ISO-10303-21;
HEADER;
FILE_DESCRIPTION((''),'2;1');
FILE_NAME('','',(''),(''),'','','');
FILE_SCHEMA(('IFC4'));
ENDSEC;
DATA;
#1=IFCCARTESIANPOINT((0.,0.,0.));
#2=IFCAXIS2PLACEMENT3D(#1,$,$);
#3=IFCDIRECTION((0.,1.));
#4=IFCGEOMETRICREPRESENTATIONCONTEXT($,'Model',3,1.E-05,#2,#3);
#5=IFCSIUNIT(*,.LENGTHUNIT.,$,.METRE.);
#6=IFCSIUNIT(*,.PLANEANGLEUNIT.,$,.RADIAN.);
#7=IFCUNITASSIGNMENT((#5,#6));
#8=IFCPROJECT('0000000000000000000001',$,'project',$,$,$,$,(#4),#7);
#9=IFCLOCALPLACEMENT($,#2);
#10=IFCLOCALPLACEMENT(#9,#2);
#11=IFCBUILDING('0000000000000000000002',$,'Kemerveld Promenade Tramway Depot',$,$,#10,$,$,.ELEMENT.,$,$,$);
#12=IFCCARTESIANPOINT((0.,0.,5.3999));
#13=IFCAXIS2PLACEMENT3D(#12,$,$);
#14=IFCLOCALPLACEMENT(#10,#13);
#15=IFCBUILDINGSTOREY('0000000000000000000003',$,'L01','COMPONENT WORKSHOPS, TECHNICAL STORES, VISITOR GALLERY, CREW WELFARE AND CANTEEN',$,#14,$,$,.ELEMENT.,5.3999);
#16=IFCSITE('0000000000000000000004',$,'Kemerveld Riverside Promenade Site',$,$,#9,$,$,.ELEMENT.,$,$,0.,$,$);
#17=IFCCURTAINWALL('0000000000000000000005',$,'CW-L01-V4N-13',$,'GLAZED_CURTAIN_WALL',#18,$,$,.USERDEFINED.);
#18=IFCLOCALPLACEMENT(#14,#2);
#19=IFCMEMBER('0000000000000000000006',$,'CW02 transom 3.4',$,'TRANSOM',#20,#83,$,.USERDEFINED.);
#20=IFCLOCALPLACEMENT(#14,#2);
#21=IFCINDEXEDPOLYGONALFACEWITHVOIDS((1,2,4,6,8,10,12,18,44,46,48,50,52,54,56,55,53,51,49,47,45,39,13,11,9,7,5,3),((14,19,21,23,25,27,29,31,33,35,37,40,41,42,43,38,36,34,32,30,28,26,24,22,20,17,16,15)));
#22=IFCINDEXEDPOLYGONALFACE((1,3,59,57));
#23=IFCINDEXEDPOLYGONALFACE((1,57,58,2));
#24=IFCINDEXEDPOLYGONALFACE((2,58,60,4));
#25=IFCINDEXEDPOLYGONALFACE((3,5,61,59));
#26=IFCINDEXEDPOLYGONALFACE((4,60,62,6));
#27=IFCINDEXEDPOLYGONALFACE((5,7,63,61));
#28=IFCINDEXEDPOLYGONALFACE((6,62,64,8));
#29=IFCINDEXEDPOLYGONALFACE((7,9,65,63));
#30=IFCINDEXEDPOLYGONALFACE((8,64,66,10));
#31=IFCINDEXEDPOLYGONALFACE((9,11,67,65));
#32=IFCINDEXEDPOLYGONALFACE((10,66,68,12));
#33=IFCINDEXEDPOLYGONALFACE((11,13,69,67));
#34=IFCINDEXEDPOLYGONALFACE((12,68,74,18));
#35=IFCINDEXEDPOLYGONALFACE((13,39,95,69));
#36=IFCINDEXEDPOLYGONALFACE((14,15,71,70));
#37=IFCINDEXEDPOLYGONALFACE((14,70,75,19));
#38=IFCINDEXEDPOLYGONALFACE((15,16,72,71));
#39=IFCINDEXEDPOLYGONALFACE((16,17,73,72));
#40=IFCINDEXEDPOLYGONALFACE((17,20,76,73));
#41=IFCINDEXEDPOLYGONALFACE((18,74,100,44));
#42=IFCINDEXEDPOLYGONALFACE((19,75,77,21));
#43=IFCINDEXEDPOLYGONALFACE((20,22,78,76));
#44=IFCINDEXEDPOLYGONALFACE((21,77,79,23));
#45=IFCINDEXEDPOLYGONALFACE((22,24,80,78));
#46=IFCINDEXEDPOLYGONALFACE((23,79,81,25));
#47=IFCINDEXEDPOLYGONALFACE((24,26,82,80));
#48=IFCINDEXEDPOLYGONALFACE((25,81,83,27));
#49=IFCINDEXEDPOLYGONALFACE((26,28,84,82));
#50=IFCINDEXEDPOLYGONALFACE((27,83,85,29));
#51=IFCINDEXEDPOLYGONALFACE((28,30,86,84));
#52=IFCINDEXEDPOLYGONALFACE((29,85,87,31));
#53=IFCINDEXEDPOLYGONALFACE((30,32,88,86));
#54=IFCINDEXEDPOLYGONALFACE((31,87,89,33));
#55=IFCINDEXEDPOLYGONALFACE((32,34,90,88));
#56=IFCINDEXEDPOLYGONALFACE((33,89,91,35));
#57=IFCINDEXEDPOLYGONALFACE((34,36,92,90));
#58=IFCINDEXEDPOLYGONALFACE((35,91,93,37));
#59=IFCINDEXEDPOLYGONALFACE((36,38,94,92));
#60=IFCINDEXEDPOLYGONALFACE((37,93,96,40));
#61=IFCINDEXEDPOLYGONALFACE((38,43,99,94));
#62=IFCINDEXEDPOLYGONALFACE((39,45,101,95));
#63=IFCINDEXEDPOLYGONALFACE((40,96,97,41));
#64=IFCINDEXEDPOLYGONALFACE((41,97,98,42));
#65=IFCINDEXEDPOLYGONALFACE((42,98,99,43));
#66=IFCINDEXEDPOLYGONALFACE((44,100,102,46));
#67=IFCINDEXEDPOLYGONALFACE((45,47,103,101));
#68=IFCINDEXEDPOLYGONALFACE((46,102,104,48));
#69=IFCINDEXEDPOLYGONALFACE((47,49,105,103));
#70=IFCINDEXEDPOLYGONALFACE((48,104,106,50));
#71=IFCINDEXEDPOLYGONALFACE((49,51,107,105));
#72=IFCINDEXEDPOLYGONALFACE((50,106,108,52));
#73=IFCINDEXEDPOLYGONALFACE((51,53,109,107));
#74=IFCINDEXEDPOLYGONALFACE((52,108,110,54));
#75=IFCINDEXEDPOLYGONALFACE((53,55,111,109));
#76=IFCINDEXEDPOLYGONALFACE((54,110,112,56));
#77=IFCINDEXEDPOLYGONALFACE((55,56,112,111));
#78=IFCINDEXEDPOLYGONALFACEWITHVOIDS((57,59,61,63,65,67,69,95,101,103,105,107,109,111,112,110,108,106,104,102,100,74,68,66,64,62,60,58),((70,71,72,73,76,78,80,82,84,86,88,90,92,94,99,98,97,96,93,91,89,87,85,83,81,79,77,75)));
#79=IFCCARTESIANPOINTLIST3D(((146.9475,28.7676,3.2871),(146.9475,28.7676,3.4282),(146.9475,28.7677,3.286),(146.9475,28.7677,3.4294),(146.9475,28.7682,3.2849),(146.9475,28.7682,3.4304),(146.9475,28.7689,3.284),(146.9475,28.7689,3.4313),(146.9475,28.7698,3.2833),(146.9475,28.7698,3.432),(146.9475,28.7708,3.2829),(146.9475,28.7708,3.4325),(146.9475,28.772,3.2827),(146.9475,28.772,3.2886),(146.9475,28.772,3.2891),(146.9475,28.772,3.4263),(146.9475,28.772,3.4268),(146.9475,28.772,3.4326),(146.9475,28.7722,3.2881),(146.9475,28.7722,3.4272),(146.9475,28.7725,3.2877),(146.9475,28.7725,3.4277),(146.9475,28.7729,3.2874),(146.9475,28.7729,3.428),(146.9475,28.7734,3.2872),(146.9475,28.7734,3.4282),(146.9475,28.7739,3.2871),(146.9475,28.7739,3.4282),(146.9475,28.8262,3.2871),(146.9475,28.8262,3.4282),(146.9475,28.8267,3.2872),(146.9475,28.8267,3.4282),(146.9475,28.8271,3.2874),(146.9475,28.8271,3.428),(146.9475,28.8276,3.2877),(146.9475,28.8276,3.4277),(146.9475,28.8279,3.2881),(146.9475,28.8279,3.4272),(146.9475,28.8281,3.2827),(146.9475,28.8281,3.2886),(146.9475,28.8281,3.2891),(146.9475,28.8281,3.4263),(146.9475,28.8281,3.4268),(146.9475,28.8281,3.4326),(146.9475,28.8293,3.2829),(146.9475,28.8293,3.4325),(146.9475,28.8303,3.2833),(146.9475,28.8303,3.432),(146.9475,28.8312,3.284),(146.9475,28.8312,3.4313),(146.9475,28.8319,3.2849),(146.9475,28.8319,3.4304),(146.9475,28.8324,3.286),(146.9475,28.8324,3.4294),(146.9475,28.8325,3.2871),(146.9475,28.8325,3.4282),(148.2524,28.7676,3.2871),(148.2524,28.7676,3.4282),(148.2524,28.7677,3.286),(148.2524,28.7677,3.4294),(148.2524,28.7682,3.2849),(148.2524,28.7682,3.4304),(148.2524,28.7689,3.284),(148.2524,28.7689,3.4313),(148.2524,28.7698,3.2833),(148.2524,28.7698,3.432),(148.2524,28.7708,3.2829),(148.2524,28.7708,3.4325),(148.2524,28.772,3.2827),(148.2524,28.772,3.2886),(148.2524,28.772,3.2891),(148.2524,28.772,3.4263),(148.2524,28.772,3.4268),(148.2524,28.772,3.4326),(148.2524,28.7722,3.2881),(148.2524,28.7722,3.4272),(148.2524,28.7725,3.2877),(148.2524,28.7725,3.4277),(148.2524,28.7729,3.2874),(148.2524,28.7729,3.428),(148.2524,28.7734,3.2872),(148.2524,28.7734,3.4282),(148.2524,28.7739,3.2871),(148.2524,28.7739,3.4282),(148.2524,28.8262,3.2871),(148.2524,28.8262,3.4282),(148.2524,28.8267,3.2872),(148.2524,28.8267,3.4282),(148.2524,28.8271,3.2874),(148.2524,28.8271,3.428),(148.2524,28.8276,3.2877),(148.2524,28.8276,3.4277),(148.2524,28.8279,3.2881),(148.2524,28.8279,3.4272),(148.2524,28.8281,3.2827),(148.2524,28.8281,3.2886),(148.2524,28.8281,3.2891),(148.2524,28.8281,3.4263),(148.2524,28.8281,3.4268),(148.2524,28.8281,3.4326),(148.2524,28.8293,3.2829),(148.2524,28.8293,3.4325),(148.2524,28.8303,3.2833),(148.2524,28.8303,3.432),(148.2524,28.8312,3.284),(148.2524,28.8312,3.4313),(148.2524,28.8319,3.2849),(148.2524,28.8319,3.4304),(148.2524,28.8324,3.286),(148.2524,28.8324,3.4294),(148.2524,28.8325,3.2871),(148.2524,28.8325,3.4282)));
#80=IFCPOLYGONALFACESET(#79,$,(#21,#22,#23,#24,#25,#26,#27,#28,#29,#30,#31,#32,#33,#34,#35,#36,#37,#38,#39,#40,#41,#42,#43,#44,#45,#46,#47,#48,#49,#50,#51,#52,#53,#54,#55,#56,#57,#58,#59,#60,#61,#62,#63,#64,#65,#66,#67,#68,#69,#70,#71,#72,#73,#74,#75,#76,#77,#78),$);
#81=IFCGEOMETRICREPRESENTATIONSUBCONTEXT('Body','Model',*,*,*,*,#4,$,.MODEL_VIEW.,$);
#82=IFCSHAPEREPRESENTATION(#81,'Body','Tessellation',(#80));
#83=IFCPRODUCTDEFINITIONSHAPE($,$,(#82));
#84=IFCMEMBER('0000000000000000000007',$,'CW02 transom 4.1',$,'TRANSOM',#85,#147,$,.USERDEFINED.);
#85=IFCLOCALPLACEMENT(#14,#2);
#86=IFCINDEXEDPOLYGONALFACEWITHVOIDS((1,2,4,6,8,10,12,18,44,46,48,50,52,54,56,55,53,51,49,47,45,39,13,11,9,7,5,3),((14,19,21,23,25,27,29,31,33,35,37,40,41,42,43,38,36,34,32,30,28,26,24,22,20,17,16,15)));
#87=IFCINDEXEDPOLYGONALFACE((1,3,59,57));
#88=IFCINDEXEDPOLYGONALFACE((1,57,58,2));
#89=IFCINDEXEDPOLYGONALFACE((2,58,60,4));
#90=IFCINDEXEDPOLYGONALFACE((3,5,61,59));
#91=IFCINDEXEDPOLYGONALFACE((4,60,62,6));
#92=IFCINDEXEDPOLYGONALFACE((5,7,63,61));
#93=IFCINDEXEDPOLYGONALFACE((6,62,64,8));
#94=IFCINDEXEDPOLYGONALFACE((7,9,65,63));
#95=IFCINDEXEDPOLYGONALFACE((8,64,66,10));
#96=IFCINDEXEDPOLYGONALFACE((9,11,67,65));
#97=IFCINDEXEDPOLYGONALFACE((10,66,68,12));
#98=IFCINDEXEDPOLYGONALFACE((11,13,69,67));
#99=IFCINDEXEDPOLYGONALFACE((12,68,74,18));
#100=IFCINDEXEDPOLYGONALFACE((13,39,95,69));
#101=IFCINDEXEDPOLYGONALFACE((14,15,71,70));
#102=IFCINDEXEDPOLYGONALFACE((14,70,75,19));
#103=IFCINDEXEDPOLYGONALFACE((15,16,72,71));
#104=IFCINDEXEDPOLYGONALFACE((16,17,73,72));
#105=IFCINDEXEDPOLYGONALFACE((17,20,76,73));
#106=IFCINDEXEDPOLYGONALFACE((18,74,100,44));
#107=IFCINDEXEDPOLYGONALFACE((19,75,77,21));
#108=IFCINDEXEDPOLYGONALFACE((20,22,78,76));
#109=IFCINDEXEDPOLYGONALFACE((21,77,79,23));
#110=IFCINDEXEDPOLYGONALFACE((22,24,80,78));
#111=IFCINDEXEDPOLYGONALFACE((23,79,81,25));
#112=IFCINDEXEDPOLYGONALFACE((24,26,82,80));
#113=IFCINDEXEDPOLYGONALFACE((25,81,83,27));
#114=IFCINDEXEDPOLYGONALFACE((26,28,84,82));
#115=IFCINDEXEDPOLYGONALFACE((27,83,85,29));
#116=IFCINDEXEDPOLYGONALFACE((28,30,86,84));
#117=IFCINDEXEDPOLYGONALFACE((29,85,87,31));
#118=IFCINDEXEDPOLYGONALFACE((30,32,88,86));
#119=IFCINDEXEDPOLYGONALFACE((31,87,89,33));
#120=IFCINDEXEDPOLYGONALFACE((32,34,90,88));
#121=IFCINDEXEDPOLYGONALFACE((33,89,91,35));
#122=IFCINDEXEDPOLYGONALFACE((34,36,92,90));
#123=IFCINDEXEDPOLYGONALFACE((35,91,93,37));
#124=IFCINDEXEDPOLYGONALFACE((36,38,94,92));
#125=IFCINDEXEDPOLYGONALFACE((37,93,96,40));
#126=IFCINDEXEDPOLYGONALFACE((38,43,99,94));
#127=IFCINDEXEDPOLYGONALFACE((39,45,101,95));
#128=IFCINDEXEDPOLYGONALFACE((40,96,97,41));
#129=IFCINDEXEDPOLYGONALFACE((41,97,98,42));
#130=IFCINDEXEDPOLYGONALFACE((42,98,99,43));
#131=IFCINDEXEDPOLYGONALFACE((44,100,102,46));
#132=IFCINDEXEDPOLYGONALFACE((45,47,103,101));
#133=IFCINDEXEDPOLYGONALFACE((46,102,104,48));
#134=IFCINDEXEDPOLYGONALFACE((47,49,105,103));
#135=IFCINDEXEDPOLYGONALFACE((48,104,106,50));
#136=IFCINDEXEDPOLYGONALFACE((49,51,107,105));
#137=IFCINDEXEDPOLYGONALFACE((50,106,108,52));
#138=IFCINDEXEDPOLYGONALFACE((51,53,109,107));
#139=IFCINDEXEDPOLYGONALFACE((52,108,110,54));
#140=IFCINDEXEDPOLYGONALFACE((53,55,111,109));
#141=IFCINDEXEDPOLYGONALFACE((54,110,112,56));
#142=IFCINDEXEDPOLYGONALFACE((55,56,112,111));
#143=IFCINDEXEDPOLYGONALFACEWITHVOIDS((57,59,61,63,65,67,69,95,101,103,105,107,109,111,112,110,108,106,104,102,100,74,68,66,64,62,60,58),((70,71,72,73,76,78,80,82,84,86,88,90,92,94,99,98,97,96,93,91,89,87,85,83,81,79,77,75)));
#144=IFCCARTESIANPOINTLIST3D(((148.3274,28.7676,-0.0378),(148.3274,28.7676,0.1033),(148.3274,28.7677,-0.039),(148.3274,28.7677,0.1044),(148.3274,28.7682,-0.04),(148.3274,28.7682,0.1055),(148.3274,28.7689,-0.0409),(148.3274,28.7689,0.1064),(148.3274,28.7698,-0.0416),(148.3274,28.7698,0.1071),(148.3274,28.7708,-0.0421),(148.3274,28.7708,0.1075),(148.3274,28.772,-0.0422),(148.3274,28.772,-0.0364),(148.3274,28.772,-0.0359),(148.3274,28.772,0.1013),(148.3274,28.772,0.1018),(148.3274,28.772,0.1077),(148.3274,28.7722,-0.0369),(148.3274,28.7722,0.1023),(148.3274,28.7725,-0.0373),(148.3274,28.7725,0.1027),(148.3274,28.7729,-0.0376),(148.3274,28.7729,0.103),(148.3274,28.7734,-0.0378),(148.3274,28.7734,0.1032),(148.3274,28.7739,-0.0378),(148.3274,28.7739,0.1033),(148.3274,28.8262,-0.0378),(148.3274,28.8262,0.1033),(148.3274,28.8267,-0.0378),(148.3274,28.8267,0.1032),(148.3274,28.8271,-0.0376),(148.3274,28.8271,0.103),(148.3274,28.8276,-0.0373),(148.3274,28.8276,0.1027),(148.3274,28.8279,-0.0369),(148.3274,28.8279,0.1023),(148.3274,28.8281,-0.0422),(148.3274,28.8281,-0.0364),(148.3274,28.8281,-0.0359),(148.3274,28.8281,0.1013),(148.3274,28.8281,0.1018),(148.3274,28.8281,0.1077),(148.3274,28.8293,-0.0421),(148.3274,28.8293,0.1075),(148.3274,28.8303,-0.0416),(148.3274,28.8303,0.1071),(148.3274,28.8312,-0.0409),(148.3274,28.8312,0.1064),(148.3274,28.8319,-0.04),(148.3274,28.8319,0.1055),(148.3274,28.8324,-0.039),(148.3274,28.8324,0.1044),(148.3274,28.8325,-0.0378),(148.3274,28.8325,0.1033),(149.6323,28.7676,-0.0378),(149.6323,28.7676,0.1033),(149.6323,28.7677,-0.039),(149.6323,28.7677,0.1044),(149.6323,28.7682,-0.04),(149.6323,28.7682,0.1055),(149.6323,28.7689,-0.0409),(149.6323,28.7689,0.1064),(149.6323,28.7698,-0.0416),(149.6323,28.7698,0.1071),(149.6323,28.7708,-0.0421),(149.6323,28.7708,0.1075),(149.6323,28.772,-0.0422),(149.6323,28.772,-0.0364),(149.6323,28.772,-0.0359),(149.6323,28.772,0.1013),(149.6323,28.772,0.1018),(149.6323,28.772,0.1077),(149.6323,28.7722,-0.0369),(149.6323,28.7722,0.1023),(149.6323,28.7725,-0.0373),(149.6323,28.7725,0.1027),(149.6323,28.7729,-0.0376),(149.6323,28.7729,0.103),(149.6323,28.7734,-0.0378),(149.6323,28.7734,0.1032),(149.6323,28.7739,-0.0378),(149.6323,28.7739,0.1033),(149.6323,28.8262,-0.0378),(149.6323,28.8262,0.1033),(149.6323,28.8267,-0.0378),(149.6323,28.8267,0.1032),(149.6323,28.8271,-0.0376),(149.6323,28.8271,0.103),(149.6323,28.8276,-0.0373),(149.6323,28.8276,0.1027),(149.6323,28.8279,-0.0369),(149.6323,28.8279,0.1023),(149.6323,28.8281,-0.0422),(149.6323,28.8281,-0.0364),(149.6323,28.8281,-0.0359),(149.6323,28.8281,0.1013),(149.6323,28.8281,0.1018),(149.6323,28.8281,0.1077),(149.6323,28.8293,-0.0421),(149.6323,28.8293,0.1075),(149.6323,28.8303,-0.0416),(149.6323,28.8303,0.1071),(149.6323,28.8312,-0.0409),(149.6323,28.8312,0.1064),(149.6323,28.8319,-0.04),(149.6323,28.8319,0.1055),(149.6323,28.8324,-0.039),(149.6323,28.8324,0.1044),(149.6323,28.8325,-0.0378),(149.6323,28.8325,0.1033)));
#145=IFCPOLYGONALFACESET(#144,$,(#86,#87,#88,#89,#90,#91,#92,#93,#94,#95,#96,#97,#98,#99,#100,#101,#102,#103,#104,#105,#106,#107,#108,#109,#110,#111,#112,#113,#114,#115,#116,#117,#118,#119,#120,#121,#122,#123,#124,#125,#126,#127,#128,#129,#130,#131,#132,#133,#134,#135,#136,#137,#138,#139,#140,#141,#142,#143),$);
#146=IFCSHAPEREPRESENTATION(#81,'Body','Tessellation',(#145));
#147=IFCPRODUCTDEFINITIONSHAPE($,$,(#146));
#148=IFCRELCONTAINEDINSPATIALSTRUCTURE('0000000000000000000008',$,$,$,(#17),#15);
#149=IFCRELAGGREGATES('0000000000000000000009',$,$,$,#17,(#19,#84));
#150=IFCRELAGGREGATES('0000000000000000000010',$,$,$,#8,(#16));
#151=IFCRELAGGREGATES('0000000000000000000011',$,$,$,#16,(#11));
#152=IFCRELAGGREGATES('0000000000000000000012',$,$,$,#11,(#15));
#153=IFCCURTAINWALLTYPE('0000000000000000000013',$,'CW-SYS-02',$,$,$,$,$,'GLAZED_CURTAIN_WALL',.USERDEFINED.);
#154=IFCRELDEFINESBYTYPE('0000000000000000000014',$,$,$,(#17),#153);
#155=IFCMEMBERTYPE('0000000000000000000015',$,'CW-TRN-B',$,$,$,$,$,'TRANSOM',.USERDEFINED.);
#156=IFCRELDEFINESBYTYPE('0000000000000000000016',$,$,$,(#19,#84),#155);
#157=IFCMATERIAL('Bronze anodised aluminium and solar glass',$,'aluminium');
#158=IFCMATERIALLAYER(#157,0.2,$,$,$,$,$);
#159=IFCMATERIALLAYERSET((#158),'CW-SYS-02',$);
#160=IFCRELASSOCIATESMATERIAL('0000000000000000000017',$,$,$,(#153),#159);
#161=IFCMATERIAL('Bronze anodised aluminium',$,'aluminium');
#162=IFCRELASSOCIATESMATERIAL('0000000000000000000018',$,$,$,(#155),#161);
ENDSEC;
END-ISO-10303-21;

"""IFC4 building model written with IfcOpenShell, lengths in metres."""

from ifc_helpers import new_model, si_unit, direction, frame, origin, origin_2d, place, context, subcontext, project, spatial, hollow_rectangle, extrude, material, layer, layer_set, material_profile, profile_set, type_object, element, aggregate, save


model = new_model("IFC4")

# Units and contexts
model_context = context("Model", 3, precision=1e-05, world=origin(), true_north=direction((0.0, 1.0)))
body_context = subcontext(model_context, "Body", "Model", "MODEL_VIEW")
ifc_project = project(units=[si_unit("LENGTHUNIT", "METRE"), si_unit("PLANEANGLEUNIT", "RADIAN")], contexts=[model_context])

# Site, building, storey
site_placement = place(None, origin())
site = spatial("IfcSite", under=ifc_project, at=site_placement, Name="Kemerveld Riverside Promenade Site", CompositionType="ELEMENT", RefElevation=0.0)
building_placement = place(site_placement, origin())
building = spatial("IfcBuilding", under=site, at=building_placement, Name="Kemerveld Promenade Tramway Depot", CompositionType="ELEMENT")
storey_placement = place(building_placement, frame((0.0, 0.0, 5.3999)))
storey = spatial("IfcBuildingStorey", under=building, at=storey_placement, Name="L01", Description="COMPONENT WORKSHOPS, TECHNICAL STORES, VISITOR GALLERY, CREW WELFARE AND CANTEEN", CompositionType="ELEMENT", Elevation=5.3999)

# Curtain wall, members
ifc_material_1 = material(Name="Bronze anodised aluminium and solar glass", Category="aluminium")
ifc_layer_1 = layer(ifc_material_1, 0.2)
ifc_layer_set_1 = layer_set([ifc_layer_1], Name="CW-SYS-02")
curtain_wall_type = type_object("IfcCurtainWallType", Name="CW-SYS-02", ElementType="GLAZED_CURTAIN_WALL", PredefinedType="USERDEFINED", material=ifc_layer_set_1)
curtain_wall_placement = place(storey_placement, origin())
curtain_wall = element("IfcCurtainWall", 1, at=curtain_wall_placement, inside=storey, type_object=curtain_wall_type, Name="CW-L01-V4N-13", ObjectType="GLAZED_CURTAIN_WALL", PredefinedType="USERDEFINED")
ifc_material_2 = material(Name="Bronze anodised aluminium", Category="aluminium")
ifc_material_profile_1 = material_profile(ifc_material_2, hollow_rectangle(XDim=0.0649, YDim=0.1499, WallThickness=0.0044, InnerFilletRadius=0.002, OuterFilletRadius=0.0044, at=origin_2d()), Name="CW-TRN-150x65")
ifc_profile_set_1 = profile_set([ifc_material_profile_1], Name="Bronze anodised aluminium")
member_type_1 = type_object("IfcMemberType", Name="CW-TRN-B", ElementType="TRANSOM", PredefinedType="USERDEFINED", material=ifc_profile_set_1)
member_1_placement = place(storey_placement, frame((146.9475, 28.8, 3.3577), z_axis=(1.0, 0.0, 0.0), x_axis=(0.0, 1.0, 0.0)))
member_1 = element("IfcMember", 2, at=member_1_placement, type_object=member_type_1, Name="CW02 transom 3.4", ObjectType="TRANSOM", PredefinedType="USERDEFINED", context=body_context, shape_type="SweptSolid", body=[
    extrude(hollow_rectangle(XDim=0.0649, YDim=0.1499, WallThickness=0.0044, InnerFilletRadius=0.002, OuterFilletRadius=0.0044, at=origin_2d()), origin(), (0.0, 0.0, 1.0), 1.3049),
])
member_2_placement = place(storey_placement, frame((148.3274, 28.8, 0.0327), z_axis=(1.0, 0.0, 0.0), x_axis=(0.0, 1.0, 0.0)))
member_2 = element("IfcMember", 3, at=member_2_placement, type_object=member_type_1, Name="CW02 transom 4.1", ObjectType="TRANSOM", PredefinedType="USERDEFINED", context=body_context, shape_type="SweptSolid", body=[
    extrude(hollow_rectangle(XDim=0.0649, YDim=0.1499, WallThickness=0.0044, InnerFilletRadius=0.002, OuterFilletRadius=0.0044, at=origin_2d()), origin(), (0.0, 0.0, 1.0), 1.3049),
])
aggregate(curtain_wall, [member_1, member_2])

save(model, "model.ifc")
